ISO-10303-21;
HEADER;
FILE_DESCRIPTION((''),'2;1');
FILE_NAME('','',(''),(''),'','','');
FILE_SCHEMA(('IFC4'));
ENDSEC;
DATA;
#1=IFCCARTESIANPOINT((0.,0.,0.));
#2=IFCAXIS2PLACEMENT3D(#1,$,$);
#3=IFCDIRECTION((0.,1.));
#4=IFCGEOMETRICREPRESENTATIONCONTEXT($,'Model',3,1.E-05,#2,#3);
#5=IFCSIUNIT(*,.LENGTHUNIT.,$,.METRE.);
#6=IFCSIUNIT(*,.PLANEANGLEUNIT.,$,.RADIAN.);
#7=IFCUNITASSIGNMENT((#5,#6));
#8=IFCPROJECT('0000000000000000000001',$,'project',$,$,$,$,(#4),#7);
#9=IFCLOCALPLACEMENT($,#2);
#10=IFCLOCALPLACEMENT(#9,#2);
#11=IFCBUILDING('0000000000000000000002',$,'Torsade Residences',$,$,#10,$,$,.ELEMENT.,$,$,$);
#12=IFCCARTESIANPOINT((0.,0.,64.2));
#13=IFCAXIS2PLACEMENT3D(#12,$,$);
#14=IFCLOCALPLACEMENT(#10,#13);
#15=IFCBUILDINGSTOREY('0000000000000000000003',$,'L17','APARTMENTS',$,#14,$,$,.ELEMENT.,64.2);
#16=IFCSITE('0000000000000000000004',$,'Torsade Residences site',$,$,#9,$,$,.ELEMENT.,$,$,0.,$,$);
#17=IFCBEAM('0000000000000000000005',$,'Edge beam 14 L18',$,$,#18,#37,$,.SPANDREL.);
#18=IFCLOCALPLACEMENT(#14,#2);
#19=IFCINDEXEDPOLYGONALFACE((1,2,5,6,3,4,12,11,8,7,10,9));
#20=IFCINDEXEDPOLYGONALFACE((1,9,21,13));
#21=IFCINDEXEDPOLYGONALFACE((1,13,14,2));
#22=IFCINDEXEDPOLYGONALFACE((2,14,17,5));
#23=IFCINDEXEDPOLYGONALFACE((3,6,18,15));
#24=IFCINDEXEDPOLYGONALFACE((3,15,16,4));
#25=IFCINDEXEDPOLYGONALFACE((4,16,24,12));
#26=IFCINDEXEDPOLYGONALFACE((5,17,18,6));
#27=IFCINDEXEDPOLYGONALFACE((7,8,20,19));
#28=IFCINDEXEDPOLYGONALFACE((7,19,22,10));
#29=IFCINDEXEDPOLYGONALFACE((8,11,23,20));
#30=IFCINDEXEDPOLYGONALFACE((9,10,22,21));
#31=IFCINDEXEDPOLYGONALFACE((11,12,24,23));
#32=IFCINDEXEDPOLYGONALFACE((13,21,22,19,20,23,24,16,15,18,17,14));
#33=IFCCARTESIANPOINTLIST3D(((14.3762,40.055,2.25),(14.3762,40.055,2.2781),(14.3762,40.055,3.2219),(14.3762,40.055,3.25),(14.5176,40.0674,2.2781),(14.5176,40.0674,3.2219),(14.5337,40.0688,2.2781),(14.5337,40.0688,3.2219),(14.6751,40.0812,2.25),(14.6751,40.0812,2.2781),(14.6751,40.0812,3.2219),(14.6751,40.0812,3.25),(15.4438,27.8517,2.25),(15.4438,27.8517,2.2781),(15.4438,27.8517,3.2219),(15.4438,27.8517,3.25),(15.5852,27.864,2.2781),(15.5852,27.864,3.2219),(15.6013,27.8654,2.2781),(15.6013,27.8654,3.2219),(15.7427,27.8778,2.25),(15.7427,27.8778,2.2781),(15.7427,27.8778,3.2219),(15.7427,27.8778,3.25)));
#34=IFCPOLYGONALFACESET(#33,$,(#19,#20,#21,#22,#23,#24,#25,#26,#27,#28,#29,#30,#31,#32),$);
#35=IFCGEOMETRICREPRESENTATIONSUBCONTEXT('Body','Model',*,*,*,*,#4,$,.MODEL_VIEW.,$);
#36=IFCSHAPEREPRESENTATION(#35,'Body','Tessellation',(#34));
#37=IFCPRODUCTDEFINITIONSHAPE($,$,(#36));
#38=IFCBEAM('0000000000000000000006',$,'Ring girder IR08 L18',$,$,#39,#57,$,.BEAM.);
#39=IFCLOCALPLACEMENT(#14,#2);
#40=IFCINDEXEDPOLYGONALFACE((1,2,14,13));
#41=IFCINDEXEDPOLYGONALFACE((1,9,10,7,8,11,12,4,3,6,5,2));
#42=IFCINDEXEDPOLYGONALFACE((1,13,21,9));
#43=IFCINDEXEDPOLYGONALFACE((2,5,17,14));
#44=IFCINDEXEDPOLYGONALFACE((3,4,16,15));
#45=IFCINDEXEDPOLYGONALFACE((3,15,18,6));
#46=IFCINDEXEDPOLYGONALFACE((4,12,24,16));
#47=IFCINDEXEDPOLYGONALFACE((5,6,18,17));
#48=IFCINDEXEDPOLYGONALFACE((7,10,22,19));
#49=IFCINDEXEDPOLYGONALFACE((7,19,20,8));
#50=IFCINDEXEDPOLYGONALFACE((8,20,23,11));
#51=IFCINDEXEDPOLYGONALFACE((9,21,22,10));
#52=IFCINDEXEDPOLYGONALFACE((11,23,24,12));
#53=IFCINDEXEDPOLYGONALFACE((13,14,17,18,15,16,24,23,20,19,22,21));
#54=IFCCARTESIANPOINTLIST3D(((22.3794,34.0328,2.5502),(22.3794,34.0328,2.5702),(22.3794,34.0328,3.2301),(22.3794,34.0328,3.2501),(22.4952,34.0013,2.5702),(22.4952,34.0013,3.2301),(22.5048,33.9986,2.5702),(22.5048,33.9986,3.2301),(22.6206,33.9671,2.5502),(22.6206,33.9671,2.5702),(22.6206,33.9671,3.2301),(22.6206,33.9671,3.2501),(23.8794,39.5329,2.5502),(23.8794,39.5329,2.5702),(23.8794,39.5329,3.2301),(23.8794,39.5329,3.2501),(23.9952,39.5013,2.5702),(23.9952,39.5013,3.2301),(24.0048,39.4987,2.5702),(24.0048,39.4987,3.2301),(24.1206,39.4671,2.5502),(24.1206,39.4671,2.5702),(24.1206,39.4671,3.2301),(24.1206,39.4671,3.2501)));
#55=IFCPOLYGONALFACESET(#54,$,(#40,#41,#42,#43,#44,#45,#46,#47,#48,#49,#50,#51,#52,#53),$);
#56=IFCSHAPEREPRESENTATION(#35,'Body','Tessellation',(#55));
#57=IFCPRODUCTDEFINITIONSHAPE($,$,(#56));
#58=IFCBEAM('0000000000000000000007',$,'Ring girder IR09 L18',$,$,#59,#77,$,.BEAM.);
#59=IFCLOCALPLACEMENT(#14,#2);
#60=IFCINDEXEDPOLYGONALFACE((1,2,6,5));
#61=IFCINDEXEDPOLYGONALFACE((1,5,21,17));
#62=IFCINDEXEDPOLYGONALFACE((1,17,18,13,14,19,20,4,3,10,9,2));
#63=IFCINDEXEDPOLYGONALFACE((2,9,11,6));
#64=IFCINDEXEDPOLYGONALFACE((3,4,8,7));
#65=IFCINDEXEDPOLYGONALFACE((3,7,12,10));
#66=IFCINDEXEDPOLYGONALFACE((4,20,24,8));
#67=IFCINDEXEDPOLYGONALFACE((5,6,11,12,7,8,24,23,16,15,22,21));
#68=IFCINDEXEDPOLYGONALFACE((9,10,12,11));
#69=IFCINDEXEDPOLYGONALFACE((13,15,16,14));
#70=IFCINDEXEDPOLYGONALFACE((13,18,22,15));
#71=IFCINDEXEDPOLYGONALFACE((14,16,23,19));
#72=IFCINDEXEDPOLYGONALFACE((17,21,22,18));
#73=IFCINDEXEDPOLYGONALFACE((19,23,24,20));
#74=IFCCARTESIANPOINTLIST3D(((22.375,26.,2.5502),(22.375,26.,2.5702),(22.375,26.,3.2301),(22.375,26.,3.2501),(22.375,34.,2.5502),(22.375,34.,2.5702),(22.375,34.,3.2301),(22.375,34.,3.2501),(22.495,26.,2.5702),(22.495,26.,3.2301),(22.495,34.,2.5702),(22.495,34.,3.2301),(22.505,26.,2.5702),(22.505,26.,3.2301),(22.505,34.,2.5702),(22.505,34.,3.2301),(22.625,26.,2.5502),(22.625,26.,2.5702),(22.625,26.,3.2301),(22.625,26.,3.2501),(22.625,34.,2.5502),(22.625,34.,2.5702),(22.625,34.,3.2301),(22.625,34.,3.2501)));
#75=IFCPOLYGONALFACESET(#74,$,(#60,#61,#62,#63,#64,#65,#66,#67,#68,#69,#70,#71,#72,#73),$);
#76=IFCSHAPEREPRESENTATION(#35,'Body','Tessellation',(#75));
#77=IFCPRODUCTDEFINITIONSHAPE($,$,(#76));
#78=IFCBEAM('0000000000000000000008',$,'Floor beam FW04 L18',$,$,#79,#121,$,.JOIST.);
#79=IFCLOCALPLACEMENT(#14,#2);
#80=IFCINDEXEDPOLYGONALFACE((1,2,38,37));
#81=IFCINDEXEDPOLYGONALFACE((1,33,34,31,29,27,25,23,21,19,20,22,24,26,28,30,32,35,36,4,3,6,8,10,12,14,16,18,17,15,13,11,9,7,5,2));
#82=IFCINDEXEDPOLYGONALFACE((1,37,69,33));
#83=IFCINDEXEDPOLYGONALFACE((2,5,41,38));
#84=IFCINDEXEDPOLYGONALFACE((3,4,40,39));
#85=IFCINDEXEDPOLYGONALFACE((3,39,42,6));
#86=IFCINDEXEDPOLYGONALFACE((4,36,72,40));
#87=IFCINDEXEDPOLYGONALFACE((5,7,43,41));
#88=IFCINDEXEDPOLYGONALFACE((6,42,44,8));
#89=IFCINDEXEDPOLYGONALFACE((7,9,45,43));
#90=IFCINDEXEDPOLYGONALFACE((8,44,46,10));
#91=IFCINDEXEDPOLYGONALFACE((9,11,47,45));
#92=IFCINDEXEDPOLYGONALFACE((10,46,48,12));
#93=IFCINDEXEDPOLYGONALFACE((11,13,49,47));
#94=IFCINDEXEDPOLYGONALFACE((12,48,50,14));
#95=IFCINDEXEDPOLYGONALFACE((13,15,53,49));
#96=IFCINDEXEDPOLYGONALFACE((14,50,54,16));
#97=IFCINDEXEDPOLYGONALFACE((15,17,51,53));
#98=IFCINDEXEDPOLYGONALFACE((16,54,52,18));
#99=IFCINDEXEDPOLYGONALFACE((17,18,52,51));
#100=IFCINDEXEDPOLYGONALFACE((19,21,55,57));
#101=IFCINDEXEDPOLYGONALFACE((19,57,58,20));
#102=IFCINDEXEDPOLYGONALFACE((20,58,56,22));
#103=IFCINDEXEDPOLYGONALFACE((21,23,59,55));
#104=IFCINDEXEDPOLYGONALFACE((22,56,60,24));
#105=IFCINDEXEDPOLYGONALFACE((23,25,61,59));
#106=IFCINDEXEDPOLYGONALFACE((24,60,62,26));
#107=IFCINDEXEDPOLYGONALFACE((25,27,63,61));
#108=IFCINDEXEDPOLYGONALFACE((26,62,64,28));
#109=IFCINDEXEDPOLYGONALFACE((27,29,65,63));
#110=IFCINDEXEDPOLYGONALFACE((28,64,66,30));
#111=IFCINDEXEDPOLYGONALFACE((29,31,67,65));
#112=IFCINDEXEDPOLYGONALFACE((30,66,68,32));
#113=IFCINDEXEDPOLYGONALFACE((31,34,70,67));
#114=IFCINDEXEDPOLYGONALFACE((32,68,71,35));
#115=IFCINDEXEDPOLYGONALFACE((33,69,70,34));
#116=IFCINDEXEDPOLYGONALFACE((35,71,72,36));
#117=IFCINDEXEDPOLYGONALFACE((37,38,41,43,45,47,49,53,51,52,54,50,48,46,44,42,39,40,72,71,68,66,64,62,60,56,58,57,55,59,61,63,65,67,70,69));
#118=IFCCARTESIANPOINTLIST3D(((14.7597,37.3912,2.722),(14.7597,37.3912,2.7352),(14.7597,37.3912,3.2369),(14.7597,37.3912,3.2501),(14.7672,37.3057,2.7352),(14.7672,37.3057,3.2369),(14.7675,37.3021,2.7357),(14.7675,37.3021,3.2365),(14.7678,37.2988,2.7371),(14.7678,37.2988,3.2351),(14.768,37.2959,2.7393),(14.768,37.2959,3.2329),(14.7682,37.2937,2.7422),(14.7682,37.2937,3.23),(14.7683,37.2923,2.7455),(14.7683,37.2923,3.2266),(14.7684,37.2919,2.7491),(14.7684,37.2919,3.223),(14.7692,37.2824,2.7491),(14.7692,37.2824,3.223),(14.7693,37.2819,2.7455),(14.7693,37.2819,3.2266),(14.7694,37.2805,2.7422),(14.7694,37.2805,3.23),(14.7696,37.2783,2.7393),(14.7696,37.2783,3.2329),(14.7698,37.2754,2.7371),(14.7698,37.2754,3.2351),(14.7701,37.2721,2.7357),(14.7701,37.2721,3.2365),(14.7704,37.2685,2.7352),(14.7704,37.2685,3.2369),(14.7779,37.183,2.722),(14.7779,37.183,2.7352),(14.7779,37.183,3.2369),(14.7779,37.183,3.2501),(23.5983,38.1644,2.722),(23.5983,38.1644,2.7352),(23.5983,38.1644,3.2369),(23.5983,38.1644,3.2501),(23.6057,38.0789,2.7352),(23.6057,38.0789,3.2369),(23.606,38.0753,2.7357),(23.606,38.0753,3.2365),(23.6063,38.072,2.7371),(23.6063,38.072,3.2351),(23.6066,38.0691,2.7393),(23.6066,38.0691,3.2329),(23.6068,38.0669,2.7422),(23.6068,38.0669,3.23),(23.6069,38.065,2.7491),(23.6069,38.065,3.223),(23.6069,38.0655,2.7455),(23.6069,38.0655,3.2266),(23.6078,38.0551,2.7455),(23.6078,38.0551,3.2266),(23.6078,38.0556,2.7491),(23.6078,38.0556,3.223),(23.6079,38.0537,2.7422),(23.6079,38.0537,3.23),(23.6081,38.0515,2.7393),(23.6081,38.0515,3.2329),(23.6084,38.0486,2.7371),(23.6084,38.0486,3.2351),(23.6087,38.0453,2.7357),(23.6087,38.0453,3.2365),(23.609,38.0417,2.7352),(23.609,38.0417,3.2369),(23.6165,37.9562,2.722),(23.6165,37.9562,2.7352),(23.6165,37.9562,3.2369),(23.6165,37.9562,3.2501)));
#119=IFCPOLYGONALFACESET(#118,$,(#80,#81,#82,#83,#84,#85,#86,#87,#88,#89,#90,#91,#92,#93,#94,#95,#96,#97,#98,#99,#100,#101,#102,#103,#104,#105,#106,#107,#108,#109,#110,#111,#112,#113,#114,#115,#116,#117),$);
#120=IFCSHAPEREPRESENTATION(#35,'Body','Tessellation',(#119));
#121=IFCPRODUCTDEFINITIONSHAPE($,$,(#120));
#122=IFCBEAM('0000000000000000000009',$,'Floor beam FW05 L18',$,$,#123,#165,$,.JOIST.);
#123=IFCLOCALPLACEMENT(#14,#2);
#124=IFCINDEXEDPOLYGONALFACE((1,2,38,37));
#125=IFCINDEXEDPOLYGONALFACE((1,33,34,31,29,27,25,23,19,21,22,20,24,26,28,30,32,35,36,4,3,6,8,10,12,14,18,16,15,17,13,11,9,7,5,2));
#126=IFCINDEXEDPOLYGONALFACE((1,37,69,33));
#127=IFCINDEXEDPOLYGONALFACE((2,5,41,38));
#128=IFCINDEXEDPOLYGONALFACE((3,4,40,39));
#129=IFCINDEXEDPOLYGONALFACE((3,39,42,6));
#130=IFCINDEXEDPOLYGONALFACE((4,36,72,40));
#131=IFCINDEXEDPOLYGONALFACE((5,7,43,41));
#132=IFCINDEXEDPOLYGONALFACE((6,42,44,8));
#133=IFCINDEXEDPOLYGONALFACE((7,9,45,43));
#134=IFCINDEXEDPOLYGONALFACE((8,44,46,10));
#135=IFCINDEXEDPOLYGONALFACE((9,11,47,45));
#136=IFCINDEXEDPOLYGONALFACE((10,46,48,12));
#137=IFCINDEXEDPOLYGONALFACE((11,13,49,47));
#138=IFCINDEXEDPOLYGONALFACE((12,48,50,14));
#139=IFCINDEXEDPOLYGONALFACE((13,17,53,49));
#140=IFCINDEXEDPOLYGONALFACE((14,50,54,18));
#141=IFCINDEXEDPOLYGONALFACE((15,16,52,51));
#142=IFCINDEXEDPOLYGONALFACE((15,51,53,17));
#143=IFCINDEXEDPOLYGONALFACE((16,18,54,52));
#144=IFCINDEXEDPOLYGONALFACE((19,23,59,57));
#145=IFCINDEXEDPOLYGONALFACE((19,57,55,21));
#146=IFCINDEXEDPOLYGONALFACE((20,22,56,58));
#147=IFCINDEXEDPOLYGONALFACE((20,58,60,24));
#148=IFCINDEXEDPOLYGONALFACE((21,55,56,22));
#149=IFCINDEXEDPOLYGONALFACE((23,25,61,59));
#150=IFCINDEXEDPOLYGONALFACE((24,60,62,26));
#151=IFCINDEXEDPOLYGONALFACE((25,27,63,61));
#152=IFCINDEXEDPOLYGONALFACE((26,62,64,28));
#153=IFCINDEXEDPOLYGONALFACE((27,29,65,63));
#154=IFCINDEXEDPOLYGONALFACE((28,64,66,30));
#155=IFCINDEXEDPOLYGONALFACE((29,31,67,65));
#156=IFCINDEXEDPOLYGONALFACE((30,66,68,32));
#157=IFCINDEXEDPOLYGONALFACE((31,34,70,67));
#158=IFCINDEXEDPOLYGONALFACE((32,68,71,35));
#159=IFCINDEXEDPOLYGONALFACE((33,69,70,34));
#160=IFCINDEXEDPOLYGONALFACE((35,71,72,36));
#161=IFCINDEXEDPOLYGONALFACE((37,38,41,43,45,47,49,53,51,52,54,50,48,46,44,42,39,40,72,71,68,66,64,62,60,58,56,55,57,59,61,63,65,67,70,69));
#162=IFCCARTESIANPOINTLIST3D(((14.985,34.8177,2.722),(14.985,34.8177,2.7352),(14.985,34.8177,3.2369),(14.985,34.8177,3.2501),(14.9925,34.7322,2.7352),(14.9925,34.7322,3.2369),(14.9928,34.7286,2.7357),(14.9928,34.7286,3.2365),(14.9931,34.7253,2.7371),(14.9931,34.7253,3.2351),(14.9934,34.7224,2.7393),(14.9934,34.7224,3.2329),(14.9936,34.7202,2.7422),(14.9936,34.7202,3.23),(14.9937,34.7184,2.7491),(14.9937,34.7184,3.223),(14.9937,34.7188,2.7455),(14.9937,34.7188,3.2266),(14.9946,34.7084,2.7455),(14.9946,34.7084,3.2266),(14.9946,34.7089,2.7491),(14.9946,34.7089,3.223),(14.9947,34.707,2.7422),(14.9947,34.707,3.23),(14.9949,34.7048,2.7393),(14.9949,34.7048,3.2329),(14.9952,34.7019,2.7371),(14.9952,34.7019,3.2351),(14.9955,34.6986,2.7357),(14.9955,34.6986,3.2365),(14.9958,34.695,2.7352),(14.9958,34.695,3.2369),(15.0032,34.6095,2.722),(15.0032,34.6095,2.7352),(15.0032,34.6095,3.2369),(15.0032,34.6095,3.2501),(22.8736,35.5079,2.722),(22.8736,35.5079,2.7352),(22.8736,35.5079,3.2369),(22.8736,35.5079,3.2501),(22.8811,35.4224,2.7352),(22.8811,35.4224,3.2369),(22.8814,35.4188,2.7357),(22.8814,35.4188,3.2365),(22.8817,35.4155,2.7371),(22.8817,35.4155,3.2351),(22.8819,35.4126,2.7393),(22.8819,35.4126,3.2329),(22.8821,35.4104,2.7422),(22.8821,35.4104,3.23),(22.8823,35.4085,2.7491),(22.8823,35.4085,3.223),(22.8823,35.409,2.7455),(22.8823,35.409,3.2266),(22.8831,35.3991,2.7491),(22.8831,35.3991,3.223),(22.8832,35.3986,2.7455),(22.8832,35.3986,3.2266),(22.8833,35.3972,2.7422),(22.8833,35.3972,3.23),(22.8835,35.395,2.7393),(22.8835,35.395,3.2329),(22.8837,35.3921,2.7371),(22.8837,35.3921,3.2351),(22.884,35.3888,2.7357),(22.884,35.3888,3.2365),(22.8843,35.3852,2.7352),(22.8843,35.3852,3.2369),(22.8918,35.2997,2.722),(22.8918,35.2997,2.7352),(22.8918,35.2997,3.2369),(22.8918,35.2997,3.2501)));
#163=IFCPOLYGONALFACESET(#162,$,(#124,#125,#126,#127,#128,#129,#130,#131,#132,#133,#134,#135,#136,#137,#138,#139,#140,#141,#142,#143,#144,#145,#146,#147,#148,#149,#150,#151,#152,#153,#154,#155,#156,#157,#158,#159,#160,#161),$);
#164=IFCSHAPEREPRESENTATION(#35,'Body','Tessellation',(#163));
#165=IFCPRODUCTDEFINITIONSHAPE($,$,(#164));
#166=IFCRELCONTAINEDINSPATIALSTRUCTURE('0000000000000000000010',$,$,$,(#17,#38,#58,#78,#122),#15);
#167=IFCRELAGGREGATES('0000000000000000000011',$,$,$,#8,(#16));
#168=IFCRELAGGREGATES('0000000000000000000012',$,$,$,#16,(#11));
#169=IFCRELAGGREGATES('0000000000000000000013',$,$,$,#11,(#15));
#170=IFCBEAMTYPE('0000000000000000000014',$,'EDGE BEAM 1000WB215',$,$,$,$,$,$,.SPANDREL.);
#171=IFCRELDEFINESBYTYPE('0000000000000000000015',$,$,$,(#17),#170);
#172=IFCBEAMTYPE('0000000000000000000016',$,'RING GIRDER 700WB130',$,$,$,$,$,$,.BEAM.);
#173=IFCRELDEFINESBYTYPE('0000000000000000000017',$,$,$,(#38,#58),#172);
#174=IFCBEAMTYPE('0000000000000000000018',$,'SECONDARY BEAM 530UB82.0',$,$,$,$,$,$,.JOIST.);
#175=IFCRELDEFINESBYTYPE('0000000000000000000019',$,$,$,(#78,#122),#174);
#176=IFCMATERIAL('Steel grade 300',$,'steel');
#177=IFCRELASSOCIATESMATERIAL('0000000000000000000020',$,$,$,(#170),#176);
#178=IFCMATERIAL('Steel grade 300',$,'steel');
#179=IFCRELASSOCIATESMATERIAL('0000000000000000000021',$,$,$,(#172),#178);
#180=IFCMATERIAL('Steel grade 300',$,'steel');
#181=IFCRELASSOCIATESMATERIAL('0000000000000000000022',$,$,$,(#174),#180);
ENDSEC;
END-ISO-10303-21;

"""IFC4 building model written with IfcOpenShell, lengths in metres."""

from ifc_helpers import new_model, si_unit, direction, frame, origin, origin_2d, place, context, subcontext, project, spatial, i_section, extrude, material, material_profile, profile_set, type_object, element, save


model = new_model("IFC4")

# Units and contexts
model_context = context("Model", 3, precision=1e-05, world=origin(), true_north=direction((0.0, 1.0)))
body_context = subcontext(model_context, "Body", "Model", "MODEL_VIEW")
ifc_project = project(units=[si_unit("LENGTHUNIT", "METRE"), si_unit("PLANEANGLEUNIT", "RADIAN")], contexts=[model_context])

# Site, building, storey
site_placement = place(None, origin())
site = spatial("IfcSite", under=ifc_project, at=site_placement, Name="Torsade Residences site", CompositionType="ELEMENT", RefElevation=0.0)
building_placement = place(site_placement, origin())
building = spatial("IfcBuilding", under=site, at=building_placement, Name="Torsade Residences", CompositionType="ELEMENT")
storey_placement = place(building_placement, frame((0.0, 0.0, 64.2)))
storey = spatial("IfcBuildingStorey", under=building, at=storey_placement, Name="L17", Description="APARTMENTS", CompositionType="ELEMENT", Elevation=64.2)

# Beams
ifc_material_1 = material(Name="Steel grade 300", Category="steel")
ifc_material_profile_1 = material_profile(ifc_material_1, i_section(OverallWidth=0.3, OverallDepth=1.0, WebThickness=0.0161, FlangeThickness=0.0281, at=origin_2d()), Name="1000WB215")
ifc_profile_set_1 = profile_set([ifc_material_profile_1], Name="Steel grade 300")
beam_type_1 = type_object("IfcBeamType", Name="EDGE BEAM 1000WB215", PredefinedType="SPANDREL", material=ifc_profile_set_1)
beam_1_placement = place(storey_placement, frame((14.5256, 40.0681, 2.75), z_axis=(0.087153, -0.996195, 0.0), x_axis=(0.996195, 0.087153, 0.0)))
element("IfcBeam", 1, at=beam_1_placement, inside=storey, type_object=beam_type_1, Name="Edge beam 14 L18", PredefinedType="SPANDREL", context=body_context, shape_type="SweptSolid", body=[
    extrude(i_section(OverallWidth=0.3, OverallDepth=1.0, WebThickness=0.0161, FlangeThickness=0.0281, at=origin_2d()), origin(), (0.0, 0.0, 1.0), 12.25),
])
ifc_material_2 = material(Name="Steel grade 300", Category="steel")
ifc_material_profile_2 = material_profile(ifc_material_2, i_section(OverallWidth=0.25, OverallDepth=0.7, WebThickness=0.01, FlangeThickness=0.02, at=origin_2d()), Name="700WB130")
ifc_profile_set_2 = profile_set([ifc_material_profile_2], Name="Steel grade 300")
beam_type_2 = type_object("IfcBeamType", Name="RING GIRDER 700WB130", PredefinedType="BEAM", material=ifc_profile_set_2)
beam_2_placement = place(storey_placement, frame((24.0, 39.5, 2.9001), z_axis=(-0.263117, -0.964764, 0.0), x_axis=(0.964764, -0.263117, 0.0)))
element("IfcBeam", 2, at=beam_2_placement, inside=storey, type_object=beam_type_2, Name="Ring girder IR08 L18", PredefinedType="BEAM", context=body_context, shape_type="SweptSolid", body=[
    extrude(i_section(OverallWidth=0.25, OverallDepth=0.7, WebThickness=0.01, FlangeThickness=0.02, at=origin_2d()), origin(), (0.0, 0.0, 1.0), 5.7009),
])
beam_3_placement = place(storey_placement, frame((22.5, 34.0, 2.9001), z_axis=(0.0, -1.0, 0.0), x_axis=(1.0, 0.0, 0.0)))
element("IfcBeam", 3, at=beam_3_placement, inside=storey, type_object=beam_type_2, Name="Ring girder IR09 L18", PredefinedType="BEAM", context=body_context, shape_type="SweptSolid", body=[
    extrude(i_section(OverallWidth=0.25, OverallDepth=0.7, WebThickness=0.01, FlangeThickness=0.02, at=origin_2d()), origin(), (0.0, 0.0, 1.0), 8.0),
])
ifc_material_3 = material(Name="Steel grade 300", Category="steel")
ifc_material_profile_3 = material_profile(ifc_material_3, i_section(OverallWidth=0.209, OverallDepth=0.5281, WebThickness=0.0095, FlangeThickness=0.0132, FilletRadius=0.0139, at=origin_2d()), Name="530UB82.0")
ifc_profile_set_3 = profile_set([ifc_material_profile_3], Name="Steel grade 300")
beam_type_3 = type_object("IfcBeamType", Name="SECONDARY BEAM 530UB82.0", PredefinedType="JOIST", material=ifc_profile_set_3)
beam_4_placement = place(storey_placement, frame((14.7688, 37.2871, 2.9861), z_axis=(0.996196, 0.087146, 0.0), x_axis=(-0.087146, 0.996196, 0.0)))
element("IfcBeam", 4, at=beam_4_placement, inside=storey, type_object=beam_type_3, Name="Floor beam FW04 L18", PredefinedType="JOIST", context=body_context, shape_type="SweptSolid", body=[
    extrude(i_section(OverallWidth=0.209, OverallDepth=0.5281, WebThickness=0.0095, FlangeThickness=0.0132, FilletRadius=0.0139, at=origin_2d()), origin(), (0.0, 0.0, 1.0), 8.8723),
])
beam_5_placement = place(storey_placement, frame((14.9941, 34.7136, 2.9861), z_axis=(0.996195, 0.087158, 0.0), x_axis=(-0.087158, 0.996195, 0.0)))
element("IfcBeam", 5, at=beam_5_placement, inside=storey, type_object=beam_type_3, Name="Floor beam FW05 L18", PredefinedType="JOIST", context=body_context, shape_type="SweptSolid", body=[
    extrude(i_section(OverallWidth=0.209, OverallDepth=0.5281, WebThickness=0.0095, FlangeThickness=0.0132, FilletRadius=0.0139, at=origin_2d()), origin(), (0.0, 0.0, 1.0), 7.9187),
])

save(model, "model.ifc")
